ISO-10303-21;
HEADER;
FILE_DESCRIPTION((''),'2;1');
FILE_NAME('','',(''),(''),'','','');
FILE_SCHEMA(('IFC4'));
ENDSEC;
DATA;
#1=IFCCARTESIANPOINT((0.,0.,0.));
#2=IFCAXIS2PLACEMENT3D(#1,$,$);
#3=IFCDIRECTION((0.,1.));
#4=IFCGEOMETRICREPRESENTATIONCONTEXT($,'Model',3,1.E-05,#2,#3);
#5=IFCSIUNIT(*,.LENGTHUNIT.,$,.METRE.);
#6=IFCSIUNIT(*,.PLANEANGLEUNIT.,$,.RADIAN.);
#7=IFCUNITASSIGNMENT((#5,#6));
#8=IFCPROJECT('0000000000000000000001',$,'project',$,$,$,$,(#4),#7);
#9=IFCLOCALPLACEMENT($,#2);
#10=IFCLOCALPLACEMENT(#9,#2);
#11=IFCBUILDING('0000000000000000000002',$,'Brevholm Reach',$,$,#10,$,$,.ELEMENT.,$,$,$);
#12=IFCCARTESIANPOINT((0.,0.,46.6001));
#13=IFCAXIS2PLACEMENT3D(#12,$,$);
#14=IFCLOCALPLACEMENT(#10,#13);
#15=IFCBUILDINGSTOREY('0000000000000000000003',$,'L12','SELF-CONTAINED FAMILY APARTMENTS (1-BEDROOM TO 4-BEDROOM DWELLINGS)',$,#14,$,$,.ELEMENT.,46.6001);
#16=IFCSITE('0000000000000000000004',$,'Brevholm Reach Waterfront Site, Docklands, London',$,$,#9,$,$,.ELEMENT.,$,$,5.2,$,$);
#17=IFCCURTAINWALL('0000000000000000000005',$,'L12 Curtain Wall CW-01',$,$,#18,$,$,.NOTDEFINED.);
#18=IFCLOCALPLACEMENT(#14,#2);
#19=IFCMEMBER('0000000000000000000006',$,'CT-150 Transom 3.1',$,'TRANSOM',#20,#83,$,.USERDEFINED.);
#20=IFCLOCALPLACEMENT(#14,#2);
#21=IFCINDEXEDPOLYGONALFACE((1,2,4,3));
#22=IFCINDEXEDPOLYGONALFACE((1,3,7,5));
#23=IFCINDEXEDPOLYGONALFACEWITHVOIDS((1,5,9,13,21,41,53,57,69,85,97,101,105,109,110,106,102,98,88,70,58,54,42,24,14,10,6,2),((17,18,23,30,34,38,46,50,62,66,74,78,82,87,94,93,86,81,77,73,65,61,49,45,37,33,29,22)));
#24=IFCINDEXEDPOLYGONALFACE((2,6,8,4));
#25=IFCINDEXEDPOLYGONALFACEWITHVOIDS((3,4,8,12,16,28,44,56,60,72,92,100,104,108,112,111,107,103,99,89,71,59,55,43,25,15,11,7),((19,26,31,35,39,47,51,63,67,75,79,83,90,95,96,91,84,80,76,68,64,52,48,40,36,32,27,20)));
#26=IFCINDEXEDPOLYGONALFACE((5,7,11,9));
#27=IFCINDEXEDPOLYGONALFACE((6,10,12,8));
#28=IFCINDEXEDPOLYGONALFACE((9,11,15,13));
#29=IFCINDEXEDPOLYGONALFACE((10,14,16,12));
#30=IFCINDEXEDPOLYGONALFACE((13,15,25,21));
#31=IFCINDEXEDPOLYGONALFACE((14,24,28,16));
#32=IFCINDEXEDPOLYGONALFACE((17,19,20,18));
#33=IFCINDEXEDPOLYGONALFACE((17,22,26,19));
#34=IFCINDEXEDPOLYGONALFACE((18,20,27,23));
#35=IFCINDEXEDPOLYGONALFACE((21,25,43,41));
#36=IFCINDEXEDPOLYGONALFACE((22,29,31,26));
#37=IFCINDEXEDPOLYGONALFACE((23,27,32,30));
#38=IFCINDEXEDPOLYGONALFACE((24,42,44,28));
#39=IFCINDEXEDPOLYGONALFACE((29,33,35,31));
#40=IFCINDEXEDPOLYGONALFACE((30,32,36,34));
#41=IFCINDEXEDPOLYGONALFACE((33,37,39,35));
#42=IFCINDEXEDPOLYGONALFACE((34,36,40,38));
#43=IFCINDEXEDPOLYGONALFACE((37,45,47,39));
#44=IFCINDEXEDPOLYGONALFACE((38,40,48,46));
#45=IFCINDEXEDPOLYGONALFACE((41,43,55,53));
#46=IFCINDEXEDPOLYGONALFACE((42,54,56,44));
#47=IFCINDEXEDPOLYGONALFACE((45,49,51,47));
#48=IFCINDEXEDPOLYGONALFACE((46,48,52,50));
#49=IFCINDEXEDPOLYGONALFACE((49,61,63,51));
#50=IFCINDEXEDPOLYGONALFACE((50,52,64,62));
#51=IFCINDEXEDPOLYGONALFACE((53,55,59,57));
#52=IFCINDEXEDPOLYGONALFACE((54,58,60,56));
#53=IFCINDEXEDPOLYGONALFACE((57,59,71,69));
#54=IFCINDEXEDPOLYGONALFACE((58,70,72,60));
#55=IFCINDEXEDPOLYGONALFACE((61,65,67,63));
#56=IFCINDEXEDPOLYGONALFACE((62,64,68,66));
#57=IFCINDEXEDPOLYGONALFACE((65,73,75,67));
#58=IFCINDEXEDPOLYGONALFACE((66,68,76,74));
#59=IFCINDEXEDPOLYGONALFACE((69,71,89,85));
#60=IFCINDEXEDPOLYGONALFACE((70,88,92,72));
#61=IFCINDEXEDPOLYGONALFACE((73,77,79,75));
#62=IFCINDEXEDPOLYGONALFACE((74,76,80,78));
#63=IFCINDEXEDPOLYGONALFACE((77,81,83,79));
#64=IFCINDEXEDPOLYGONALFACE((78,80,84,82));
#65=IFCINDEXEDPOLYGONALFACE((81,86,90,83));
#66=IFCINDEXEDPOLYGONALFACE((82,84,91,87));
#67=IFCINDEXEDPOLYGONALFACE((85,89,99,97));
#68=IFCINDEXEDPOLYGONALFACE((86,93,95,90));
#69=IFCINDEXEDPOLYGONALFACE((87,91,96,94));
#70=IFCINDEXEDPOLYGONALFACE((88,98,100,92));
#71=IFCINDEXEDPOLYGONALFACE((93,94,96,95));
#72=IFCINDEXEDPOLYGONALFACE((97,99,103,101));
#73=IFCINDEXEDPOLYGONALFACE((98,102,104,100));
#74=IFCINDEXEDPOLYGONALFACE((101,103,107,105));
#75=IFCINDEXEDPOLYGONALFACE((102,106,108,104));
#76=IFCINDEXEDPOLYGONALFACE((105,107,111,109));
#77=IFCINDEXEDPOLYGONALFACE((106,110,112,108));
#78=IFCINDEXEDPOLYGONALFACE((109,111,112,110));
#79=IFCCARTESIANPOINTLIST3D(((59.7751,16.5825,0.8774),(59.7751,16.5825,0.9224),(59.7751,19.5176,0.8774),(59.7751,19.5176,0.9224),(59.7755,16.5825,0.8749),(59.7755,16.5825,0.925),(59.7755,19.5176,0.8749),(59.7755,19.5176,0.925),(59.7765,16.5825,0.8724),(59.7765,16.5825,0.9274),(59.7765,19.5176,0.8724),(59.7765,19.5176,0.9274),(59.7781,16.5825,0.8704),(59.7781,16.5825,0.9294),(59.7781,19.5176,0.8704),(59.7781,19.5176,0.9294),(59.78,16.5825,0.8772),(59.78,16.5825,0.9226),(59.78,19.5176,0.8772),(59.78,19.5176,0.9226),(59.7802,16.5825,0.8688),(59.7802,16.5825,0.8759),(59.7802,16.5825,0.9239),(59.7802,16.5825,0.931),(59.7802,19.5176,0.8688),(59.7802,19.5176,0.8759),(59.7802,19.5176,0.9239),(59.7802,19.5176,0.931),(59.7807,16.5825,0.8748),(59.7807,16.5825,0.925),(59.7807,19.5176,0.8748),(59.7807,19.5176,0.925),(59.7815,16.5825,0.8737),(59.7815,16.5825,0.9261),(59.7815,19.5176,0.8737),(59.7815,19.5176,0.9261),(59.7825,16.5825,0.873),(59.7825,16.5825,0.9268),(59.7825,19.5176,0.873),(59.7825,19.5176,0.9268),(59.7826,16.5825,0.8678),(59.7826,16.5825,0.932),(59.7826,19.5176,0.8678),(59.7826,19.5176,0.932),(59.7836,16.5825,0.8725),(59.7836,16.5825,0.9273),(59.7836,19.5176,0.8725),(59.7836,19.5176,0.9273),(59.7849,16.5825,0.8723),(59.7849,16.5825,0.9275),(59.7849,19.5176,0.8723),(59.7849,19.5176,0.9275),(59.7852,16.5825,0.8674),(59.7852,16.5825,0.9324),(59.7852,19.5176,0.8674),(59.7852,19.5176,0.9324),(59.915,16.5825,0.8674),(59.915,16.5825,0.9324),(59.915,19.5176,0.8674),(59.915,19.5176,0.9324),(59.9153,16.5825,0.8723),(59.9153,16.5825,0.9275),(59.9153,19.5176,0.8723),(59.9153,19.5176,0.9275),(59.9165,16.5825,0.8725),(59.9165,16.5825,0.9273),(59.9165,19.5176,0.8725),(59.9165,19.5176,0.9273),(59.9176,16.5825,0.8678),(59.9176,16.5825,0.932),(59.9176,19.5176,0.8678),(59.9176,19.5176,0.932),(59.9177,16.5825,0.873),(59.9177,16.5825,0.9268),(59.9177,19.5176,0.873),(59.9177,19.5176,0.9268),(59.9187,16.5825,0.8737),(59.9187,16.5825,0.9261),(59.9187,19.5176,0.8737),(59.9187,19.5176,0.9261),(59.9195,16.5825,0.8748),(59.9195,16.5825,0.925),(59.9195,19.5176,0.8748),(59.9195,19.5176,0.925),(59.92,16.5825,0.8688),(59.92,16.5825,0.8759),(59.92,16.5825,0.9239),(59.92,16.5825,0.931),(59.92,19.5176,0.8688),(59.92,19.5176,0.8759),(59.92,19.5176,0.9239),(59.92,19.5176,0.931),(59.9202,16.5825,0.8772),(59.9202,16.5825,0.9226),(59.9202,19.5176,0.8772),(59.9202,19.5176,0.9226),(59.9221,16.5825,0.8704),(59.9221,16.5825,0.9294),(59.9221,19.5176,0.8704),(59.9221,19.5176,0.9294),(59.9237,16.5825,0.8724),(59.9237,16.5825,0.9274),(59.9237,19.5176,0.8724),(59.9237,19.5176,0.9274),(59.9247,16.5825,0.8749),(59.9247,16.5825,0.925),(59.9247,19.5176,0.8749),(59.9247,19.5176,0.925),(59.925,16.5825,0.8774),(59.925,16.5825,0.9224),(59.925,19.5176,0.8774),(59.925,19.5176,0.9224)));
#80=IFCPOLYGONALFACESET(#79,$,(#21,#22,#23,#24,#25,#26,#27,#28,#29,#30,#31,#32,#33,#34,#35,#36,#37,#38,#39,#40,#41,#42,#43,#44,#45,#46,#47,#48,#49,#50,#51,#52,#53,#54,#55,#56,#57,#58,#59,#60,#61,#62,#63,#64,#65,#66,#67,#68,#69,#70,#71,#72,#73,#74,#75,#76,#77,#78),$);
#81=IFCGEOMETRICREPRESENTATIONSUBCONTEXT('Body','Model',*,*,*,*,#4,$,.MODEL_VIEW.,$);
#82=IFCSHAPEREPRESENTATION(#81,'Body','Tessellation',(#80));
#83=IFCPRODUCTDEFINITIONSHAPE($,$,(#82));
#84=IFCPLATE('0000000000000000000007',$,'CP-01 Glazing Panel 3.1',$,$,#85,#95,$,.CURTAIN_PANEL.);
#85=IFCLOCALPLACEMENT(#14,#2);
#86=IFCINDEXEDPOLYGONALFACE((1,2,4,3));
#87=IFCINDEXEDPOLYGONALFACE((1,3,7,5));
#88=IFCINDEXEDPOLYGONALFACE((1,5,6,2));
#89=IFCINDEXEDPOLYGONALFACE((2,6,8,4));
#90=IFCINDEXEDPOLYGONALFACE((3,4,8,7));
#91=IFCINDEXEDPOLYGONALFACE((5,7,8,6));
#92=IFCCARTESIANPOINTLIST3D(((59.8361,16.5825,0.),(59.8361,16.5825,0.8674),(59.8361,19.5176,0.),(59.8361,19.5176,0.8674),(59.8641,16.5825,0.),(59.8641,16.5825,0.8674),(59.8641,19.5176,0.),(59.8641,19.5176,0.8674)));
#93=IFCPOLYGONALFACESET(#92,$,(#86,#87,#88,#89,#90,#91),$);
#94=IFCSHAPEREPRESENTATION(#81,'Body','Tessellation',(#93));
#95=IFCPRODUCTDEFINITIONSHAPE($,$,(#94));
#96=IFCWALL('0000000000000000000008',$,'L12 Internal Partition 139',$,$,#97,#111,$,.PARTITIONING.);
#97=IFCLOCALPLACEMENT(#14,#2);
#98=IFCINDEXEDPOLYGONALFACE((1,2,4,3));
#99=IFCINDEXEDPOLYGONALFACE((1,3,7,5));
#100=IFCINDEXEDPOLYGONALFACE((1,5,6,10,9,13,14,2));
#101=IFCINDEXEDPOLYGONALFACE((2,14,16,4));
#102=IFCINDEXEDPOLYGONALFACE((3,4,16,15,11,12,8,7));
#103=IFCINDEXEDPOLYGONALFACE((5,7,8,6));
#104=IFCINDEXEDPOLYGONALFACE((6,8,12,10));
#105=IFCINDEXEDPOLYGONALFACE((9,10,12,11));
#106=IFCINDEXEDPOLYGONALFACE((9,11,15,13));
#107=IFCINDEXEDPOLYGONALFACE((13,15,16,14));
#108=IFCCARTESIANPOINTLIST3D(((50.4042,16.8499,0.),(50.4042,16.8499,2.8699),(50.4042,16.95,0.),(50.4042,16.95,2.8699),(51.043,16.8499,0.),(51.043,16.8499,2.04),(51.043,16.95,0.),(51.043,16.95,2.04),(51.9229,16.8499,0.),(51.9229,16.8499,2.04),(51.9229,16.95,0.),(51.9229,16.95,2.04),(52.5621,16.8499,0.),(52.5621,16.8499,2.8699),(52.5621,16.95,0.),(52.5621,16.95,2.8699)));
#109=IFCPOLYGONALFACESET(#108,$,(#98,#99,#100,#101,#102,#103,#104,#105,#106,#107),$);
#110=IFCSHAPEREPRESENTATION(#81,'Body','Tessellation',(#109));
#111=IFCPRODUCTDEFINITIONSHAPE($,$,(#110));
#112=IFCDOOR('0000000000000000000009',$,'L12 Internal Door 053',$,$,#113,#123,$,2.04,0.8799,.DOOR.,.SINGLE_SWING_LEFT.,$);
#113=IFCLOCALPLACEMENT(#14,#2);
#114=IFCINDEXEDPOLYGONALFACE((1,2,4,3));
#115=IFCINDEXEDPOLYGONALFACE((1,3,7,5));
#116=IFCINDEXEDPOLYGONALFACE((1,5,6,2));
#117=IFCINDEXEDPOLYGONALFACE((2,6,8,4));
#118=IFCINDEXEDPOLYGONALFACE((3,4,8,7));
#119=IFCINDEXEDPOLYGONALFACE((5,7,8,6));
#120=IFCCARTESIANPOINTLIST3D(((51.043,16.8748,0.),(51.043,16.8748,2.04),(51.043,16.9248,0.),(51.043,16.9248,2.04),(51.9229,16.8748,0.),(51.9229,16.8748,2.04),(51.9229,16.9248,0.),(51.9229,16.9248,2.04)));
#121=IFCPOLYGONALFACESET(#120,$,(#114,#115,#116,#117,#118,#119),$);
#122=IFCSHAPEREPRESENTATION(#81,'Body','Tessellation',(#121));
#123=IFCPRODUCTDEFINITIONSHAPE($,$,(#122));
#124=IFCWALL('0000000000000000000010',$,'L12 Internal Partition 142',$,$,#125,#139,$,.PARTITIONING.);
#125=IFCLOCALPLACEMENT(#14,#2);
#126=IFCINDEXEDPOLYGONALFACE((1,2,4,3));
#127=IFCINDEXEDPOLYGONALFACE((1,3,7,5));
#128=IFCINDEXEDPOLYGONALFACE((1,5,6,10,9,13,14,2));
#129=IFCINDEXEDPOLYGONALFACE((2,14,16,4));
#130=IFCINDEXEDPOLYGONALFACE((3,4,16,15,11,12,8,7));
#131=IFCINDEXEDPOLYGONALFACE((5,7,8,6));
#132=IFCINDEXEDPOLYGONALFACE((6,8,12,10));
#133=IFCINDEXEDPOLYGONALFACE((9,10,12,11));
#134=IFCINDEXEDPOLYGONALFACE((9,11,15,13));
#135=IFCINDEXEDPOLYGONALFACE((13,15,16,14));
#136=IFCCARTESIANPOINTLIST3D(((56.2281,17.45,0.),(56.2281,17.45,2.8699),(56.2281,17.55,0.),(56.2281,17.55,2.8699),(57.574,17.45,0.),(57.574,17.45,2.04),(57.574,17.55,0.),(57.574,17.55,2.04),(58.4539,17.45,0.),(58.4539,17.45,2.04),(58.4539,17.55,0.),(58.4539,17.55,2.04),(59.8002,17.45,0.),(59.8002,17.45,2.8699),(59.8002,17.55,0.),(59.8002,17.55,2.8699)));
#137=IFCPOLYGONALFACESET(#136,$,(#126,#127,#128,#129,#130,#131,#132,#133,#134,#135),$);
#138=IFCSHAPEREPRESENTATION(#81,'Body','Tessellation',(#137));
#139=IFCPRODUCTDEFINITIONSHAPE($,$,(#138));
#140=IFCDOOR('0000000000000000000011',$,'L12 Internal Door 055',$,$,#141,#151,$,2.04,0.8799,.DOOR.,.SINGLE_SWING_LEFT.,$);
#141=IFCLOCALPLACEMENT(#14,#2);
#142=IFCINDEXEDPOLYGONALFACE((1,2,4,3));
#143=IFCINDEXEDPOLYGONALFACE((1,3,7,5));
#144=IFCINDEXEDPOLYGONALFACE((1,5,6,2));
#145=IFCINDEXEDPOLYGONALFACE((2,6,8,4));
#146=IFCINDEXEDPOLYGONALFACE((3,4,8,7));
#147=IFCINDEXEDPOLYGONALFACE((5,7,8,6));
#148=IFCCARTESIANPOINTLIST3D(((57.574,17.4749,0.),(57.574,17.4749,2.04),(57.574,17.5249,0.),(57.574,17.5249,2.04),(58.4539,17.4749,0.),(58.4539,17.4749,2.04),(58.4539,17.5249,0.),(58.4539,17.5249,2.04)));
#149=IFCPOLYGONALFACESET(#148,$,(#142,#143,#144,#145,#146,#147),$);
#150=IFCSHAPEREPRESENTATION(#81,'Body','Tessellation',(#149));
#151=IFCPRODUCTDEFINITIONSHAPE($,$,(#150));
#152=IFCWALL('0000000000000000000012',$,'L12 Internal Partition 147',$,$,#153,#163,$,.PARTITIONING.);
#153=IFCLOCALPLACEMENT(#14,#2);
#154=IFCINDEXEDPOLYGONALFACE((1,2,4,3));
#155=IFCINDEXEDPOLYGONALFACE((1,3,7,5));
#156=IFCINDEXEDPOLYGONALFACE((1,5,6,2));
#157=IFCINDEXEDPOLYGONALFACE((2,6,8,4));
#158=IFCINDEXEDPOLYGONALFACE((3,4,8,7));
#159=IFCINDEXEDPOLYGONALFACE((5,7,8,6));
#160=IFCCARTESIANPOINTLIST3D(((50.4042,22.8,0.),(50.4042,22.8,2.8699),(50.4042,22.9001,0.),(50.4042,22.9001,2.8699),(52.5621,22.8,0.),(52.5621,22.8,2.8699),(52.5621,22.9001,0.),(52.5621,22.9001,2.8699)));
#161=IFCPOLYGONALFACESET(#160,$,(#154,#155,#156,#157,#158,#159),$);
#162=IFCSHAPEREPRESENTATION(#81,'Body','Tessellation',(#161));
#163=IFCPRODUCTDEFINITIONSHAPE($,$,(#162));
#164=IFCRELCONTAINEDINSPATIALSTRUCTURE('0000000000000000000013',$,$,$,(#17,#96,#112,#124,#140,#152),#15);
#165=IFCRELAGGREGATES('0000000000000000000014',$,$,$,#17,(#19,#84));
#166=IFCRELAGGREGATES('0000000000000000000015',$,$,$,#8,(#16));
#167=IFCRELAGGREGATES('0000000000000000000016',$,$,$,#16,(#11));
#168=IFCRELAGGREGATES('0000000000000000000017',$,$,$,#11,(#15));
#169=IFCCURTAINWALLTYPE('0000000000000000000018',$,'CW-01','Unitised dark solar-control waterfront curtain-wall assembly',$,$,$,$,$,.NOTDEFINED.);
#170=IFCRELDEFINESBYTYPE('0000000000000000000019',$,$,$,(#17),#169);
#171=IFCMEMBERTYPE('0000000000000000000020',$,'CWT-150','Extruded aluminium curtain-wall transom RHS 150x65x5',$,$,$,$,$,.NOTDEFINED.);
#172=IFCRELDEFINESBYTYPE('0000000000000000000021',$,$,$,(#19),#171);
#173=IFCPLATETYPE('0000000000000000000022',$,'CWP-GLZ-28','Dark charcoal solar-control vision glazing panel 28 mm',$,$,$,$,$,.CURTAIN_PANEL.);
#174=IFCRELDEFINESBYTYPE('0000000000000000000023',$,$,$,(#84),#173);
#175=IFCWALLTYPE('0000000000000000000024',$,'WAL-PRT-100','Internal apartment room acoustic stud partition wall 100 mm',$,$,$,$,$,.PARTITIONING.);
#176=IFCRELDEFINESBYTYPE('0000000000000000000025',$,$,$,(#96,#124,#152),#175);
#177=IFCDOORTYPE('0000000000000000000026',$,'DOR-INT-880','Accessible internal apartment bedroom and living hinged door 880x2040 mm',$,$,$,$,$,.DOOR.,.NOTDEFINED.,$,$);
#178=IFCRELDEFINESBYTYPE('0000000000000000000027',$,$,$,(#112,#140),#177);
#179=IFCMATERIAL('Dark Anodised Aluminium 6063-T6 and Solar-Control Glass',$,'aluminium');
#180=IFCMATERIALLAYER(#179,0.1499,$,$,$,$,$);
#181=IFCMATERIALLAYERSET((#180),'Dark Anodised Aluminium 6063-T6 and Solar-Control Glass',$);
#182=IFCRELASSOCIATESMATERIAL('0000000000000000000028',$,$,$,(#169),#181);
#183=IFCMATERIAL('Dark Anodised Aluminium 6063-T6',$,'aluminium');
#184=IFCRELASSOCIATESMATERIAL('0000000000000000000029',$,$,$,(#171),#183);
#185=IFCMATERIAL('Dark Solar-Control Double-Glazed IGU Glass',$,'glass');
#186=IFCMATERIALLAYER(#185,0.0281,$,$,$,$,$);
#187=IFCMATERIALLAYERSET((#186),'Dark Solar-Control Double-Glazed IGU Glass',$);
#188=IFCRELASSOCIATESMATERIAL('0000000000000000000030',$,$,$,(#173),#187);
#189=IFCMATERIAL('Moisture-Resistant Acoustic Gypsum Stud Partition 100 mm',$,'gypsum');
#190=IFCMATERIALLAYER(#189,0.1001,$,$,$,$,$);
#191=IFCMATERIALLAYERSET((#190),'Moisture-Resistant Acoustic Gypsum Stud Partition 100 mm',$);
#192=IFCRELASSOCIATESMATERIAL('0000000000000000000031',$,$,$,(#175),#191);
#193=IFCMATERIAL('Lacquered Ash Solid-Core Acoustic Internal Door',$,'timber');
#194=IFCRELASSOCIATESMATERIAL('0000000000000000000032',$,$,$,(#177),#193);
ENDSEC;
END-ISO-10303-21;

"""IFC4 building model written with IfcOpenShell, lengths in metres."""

from ifc_helpers import new_model, si_unit, direction, frame, frame_2d, origin, origin_2d, place, context, subcontext, project, spatial, rectangle, hollow_rectangle, extrude, material, layer, layer_set, material_profile, profile_set, type_object, element, fill, aggregate, save


model = new_model("IFC4")

# Units and contexts
model_context = context("Model", 3, precision=1e-05, world=origin(), true_north=direction((0.0, 1.0)))
body_context = subcontext(model_context, "Body", "Model", "MODEL_VIEW")
ifc_project = project(units=[si_unit("LENGTHUNIT", "METRE"), si_unit("PLANEANGLEUNIT", "RADIAN")], contexts=[model_context])

# Site, building, storey
site_placement = place(None, origin())
site = spatial("IfcSite", under=ifc_project, at=site_placement, Name="Brevholm Reach Waterfront Site, Docklands, London", CompositionType="ELEMENT", RefElevation=5.2)
building_placement = place(site_placement, origin())
building = spatial("IfcBuilding", under=site, at=building_placement, Name="Brevholm Reach", CompositionType="ELEMENT")
storey_placement = place(building_placement, frame((0.0, 0.0, 46.6001)))
storey = spatial("IfcBuildingStorey", under=building, at=storey_placement, Name="L12", Description="SELF-CONTAINED FAMILY APARTMENTS (1-BEDROOM TO 4-BEDROOM DWELLINGS)", CompositionType="ELEMENT", Elevation=46.6001)

# Curtain wall, member, plate
ifc_material_1 = material(Name="Dark Anodised Aluminium 6063-T6 and Solar-Control Glass", Category="aluminium")
ifc_layer_1 = layer(ifc_material_1, 0.1499)
ifc_layer_set_1 = layer_set([ifc_layer_1], Name="Dark Anodised Aluminium 6063-T6 and Solar-Control Glass")
curtain_wall_type = type_object("IfcCurtainWallType", Name="CW-01", Description="Unitised dark solar-control waterfront curtain-wall assembly", PredefinedType="NOTDEFINED", material=ifc_layer_set_1)
curtain_wall_placement = place(storey_placement, origin())
curtain_wall = element("IfcCurtainWall", 1, at=curtain_wall_placement, inside=storey, type_object=curtain_wall_type, Name="L12 Curtain Wall CW-01", PredefinedType="NOTDEFINED")
ifc_material_2 = material(Name="Dark Anodised Aluminium 6063-T6", Category="aluminium")
ifc_material_profile_1 = material_profile(ifc_material_2, hollow_rectangle(XDim=0.0649, YDim=0.1499, WallThickness=0.0049, InnerFilletRadius=0.0049, OuterFilletRadius=0.01, at=origin_2d()), Name="RHS 150x65x5")
ifc_profile_set_1 = profile_set([ifc_material_profile_1], Name="Dark Anodised Aluminium 6063-T6")
member_type_1 = type_object("IfcMemberType", Name="CWT-150", Description="Extruded aluminium curtain-wall transom RHS 150x65x5", PredefinedType="NOTDEFINED", material=ifc_profile_set_1)
member_1_placement = place(storey_placement, frame((59.8501, 16.5825, 0.8999), z_axis=(0.0, 1.0, 0.0), x_axis=(0.0, 0.0, 1.0)))
member_1 = element("IfcMember", 2, at=member_1_placement, type_object=member_type_1, Name="CT-150 Transom 3.1", ObjectType="TRANSOM", PredefinedType="USERDEFINED", context=body_context, shape_type="SweptSolid", body=[
    extrude(hollow_rectangle(XDim=0.0649, YDim=0.1499, WallThickness=0.0049, InnerFilletRadius=0.0049, OuterFilletRadius=0.01, at=origin_2d()), origin(), (0.0, 0.0, 1.0), 2.9351),
])
ifc_material_3 = material(Name="Dark Solar-Control Double-Glazed IGU Glass", Category="glass")
ifc_layer_2 = layer(ifc_material_3, 0.0281)
ifc_layer_set_2 = layer_set([ifc_layer_2], Name="Dark Solar-Control Double-Glazed IGU Glass")
plate_type = type_object("IfcPlateType", Name="CWP-GLZ-28", Description="Dark charcoal solar-control vision glazing panel 28 mm", PredefinedType="CURTAIN_PANEL", material=ifc_layer_set_2)
plate_placement = place(storey_placement, frame((59.8501, 18.05, 0.0), z_axis=(0.0, 0.0, 1.0), x_axis=(0.0, 1.0, 0.0)))
plate = element("IfcPlate", 3, at=plate_placement, type_object=plate_type, Name="CP-01 Glazing Panel 3.1", PredefinedType="CURTAIN_PANEL", context=body_context, shape_type="SweptSolid", body=[
    extrude(rectangle(XDim=2.9351, YDim=0.0281, at=origin_2d()), origin(), (0.0, 0.0, 1.0), 0.8674),
])
aggregate(curtain_wall, [member_1, plate])

# Walls, openings, doors
ifc_material_4 = material(Name="Moisture-Resistant Acoustic Gypsum Stud Partition 100 mm", Category="gypsum")
ifc_layer_3 = layer(ifc_material_4, 0.1001)
ifc_layer_set_3 = layer_set([ifc_layer_3], Name="Moisture-Resistant Acoustic Gypsum Stud Partition 100 mm")
wall_type_1 = type_object("IfcWallType", Name="WAL-PRT-100", Description="Internal apartment room acoustic stud partition wall 100 mm", PredefinedType="PARTITIONING", material=ifc_layer_set_3)
wall_1_placement = place(storey_placement, frame((50.4041, 16.8999, 0.0), z_axis=(0.0, 0.0, 1.0), x_axis=(1.0, 0.0, 0.0)))
wall_1 = element("IfcWall", 4, at=wall_1_placement, inside=storey, type_object=wall_type_1, Name="L12 Internal Partition 139", PredefinedType="PARTITIONING", context=body_context, shape_type="SweptSolid", body=[
    extrude(rectangle(XDim=2.158, YDim=0.1001, at=frame_2d((1.0791, 0.0))), origin(), (0.0, 0.0, 1.0), 2.8699),
])
opening_1_placement = place(wall_1_placement, frame((0.6389, 0.0, 0.0)))
opening_1 = element("IfcOpeningElement", 5, at=opening_1_placement, cuts=wall_1, PredefinedType="OPENING", context=body_context, shape_type="SweptSolid", body=[
    extrude(rectangle(XDim=0.8799, YDim=2.04, at=frame_2d((0.4399, 1.02))), frame((0.0, 0.0601, 0.0), z_axis=(0.0, -1.0, 0.0), x_axis=(1.0, 0.0, 0.0)), (0.0, 0.0, 1.0), 0.1201),
])
ifc_material_5 = material(Name="Lacquered Ash Solid-Core Acoustic Internal Door", Category="timber")
door_type_1 = type_object("IfcDoorType", Name="DOR-INT-880", Description="Accessible internal apartment bedroom and living hinged door 880x2040 mm", OperationType="NOTDEFINED", PredefinedType="DOOR", material=ifc_material_5)
door_1_placement = place(opening_1_placement, origin())
door_1 = element("IfcDoor", 6, at=door_1_placement, inside=storey, type_object=door_type_1, Name="L12 Internal Door 053", OperationType="SINGLE_SWING_LEFT", OverallHeight=2.04, OverallWidth=0.8799, PredefinedType="DOOR", context=body_context, shape_type="SweptSolid", body=[
    extrude(rectangle(XDim=0.8799, YDim=2.04, at=frame_2d((0.4399, 1.02))), frame((0.0, 0.0249, 0.0), z_axis=(0.0, -1.0, 0.0), x_axis=(1.0, 0.0, 0.0)), (0.0, 0.0, 1.0), 0.05),
])
fill(opening_1, door_1)
wall_2_placement = place(storey_placement, frame((56.228, 17.5, 0.0), z_axis=(0.0, 0.0, 1.0), x_axis=(1.0, 0.0, 0.0)))
wall_2 = element("IfcWall", 7, at=wall_2_placement, inside=storey, type_object=wall_type_1, Name="L12 Internal Partition 142", PredefinedType="PARTITIONING", context=body_context, shape_type="SweptSolid", body=[
    extrude(rectangle(XDim=3.572, YDim=0.1001, at=frame_2d((1.7861, 0.0))), origin(), (0.0, 0.0, 1.0), 2.8699),
])
opening_2_placement = place(wall_2_placement, frame((1.3459, 0.0, 0.0)))
opening_2 = element("IfcOpeningElement", 8, at=opening_2_placement, cuts=wall_2, PredefinedType="OPENING", context=body_context, shape_type="SweptSolid", body=[
    extrude(rectangle(XDim=0.8799, YDim=2.04, at=frame_2d((0.4399, 1.02))), frame((0.0, 0.0601, 0.0), z_axis=(0.0, -1.0, 0.0), x_axis=(1.0, 0.0, 0.0)), (0.0, 0.0, 1.0), 0.1201),
])
door_2_placement = place(opening_2_placement, origin())
door_2 = element("IfcDoor", 9, at=door_2_placement, inside=storey, type_object=door_type_1, Name="L12 Internal Door 055", OperationType="SINGLE_SWING_LEFT", OverallHeight=2.04, OverallWidth=0.8799, PredefinedType="DOOR", context=body_context, shape_type="SweptSolid", body=[
    extrude(rectangle(XDim=0.8799, YDim=2.04, at=frame_2d((0.4399, 1.02))), frame((0.0, 0.0249, 0.0), z_axis=(0.0, -1.0, 0.0), x_axis=(1.0, 0.0, 0.0)), (0.0, 0.0, 1.0), 0.05),
])
fill(opening_2, door_2)

# Wall
wall_3_placement = place(storey_placement, frame((50.4041, 22.8501, 0.0), z_axis=(0.0, 0.0, 1.0), x_axis=(1.0, 0.0, 0.0)))
element("IfcWall", 10, at=wall_3_placement, inside=storey, type_object=wall_type_1, Name="L12 Internal Partition 147", PredefinedType="PARTITIONING", context=body_context, shape_type="SweptSolid", body=[
    extrude(rectangle(XDim=2.158, YDim=0.1001, at=frame_2d((1.0791, 0.0))), origin(), (0.0, 0.0, 1.0), 2.8699),
])

save(model, "model.ifc")
